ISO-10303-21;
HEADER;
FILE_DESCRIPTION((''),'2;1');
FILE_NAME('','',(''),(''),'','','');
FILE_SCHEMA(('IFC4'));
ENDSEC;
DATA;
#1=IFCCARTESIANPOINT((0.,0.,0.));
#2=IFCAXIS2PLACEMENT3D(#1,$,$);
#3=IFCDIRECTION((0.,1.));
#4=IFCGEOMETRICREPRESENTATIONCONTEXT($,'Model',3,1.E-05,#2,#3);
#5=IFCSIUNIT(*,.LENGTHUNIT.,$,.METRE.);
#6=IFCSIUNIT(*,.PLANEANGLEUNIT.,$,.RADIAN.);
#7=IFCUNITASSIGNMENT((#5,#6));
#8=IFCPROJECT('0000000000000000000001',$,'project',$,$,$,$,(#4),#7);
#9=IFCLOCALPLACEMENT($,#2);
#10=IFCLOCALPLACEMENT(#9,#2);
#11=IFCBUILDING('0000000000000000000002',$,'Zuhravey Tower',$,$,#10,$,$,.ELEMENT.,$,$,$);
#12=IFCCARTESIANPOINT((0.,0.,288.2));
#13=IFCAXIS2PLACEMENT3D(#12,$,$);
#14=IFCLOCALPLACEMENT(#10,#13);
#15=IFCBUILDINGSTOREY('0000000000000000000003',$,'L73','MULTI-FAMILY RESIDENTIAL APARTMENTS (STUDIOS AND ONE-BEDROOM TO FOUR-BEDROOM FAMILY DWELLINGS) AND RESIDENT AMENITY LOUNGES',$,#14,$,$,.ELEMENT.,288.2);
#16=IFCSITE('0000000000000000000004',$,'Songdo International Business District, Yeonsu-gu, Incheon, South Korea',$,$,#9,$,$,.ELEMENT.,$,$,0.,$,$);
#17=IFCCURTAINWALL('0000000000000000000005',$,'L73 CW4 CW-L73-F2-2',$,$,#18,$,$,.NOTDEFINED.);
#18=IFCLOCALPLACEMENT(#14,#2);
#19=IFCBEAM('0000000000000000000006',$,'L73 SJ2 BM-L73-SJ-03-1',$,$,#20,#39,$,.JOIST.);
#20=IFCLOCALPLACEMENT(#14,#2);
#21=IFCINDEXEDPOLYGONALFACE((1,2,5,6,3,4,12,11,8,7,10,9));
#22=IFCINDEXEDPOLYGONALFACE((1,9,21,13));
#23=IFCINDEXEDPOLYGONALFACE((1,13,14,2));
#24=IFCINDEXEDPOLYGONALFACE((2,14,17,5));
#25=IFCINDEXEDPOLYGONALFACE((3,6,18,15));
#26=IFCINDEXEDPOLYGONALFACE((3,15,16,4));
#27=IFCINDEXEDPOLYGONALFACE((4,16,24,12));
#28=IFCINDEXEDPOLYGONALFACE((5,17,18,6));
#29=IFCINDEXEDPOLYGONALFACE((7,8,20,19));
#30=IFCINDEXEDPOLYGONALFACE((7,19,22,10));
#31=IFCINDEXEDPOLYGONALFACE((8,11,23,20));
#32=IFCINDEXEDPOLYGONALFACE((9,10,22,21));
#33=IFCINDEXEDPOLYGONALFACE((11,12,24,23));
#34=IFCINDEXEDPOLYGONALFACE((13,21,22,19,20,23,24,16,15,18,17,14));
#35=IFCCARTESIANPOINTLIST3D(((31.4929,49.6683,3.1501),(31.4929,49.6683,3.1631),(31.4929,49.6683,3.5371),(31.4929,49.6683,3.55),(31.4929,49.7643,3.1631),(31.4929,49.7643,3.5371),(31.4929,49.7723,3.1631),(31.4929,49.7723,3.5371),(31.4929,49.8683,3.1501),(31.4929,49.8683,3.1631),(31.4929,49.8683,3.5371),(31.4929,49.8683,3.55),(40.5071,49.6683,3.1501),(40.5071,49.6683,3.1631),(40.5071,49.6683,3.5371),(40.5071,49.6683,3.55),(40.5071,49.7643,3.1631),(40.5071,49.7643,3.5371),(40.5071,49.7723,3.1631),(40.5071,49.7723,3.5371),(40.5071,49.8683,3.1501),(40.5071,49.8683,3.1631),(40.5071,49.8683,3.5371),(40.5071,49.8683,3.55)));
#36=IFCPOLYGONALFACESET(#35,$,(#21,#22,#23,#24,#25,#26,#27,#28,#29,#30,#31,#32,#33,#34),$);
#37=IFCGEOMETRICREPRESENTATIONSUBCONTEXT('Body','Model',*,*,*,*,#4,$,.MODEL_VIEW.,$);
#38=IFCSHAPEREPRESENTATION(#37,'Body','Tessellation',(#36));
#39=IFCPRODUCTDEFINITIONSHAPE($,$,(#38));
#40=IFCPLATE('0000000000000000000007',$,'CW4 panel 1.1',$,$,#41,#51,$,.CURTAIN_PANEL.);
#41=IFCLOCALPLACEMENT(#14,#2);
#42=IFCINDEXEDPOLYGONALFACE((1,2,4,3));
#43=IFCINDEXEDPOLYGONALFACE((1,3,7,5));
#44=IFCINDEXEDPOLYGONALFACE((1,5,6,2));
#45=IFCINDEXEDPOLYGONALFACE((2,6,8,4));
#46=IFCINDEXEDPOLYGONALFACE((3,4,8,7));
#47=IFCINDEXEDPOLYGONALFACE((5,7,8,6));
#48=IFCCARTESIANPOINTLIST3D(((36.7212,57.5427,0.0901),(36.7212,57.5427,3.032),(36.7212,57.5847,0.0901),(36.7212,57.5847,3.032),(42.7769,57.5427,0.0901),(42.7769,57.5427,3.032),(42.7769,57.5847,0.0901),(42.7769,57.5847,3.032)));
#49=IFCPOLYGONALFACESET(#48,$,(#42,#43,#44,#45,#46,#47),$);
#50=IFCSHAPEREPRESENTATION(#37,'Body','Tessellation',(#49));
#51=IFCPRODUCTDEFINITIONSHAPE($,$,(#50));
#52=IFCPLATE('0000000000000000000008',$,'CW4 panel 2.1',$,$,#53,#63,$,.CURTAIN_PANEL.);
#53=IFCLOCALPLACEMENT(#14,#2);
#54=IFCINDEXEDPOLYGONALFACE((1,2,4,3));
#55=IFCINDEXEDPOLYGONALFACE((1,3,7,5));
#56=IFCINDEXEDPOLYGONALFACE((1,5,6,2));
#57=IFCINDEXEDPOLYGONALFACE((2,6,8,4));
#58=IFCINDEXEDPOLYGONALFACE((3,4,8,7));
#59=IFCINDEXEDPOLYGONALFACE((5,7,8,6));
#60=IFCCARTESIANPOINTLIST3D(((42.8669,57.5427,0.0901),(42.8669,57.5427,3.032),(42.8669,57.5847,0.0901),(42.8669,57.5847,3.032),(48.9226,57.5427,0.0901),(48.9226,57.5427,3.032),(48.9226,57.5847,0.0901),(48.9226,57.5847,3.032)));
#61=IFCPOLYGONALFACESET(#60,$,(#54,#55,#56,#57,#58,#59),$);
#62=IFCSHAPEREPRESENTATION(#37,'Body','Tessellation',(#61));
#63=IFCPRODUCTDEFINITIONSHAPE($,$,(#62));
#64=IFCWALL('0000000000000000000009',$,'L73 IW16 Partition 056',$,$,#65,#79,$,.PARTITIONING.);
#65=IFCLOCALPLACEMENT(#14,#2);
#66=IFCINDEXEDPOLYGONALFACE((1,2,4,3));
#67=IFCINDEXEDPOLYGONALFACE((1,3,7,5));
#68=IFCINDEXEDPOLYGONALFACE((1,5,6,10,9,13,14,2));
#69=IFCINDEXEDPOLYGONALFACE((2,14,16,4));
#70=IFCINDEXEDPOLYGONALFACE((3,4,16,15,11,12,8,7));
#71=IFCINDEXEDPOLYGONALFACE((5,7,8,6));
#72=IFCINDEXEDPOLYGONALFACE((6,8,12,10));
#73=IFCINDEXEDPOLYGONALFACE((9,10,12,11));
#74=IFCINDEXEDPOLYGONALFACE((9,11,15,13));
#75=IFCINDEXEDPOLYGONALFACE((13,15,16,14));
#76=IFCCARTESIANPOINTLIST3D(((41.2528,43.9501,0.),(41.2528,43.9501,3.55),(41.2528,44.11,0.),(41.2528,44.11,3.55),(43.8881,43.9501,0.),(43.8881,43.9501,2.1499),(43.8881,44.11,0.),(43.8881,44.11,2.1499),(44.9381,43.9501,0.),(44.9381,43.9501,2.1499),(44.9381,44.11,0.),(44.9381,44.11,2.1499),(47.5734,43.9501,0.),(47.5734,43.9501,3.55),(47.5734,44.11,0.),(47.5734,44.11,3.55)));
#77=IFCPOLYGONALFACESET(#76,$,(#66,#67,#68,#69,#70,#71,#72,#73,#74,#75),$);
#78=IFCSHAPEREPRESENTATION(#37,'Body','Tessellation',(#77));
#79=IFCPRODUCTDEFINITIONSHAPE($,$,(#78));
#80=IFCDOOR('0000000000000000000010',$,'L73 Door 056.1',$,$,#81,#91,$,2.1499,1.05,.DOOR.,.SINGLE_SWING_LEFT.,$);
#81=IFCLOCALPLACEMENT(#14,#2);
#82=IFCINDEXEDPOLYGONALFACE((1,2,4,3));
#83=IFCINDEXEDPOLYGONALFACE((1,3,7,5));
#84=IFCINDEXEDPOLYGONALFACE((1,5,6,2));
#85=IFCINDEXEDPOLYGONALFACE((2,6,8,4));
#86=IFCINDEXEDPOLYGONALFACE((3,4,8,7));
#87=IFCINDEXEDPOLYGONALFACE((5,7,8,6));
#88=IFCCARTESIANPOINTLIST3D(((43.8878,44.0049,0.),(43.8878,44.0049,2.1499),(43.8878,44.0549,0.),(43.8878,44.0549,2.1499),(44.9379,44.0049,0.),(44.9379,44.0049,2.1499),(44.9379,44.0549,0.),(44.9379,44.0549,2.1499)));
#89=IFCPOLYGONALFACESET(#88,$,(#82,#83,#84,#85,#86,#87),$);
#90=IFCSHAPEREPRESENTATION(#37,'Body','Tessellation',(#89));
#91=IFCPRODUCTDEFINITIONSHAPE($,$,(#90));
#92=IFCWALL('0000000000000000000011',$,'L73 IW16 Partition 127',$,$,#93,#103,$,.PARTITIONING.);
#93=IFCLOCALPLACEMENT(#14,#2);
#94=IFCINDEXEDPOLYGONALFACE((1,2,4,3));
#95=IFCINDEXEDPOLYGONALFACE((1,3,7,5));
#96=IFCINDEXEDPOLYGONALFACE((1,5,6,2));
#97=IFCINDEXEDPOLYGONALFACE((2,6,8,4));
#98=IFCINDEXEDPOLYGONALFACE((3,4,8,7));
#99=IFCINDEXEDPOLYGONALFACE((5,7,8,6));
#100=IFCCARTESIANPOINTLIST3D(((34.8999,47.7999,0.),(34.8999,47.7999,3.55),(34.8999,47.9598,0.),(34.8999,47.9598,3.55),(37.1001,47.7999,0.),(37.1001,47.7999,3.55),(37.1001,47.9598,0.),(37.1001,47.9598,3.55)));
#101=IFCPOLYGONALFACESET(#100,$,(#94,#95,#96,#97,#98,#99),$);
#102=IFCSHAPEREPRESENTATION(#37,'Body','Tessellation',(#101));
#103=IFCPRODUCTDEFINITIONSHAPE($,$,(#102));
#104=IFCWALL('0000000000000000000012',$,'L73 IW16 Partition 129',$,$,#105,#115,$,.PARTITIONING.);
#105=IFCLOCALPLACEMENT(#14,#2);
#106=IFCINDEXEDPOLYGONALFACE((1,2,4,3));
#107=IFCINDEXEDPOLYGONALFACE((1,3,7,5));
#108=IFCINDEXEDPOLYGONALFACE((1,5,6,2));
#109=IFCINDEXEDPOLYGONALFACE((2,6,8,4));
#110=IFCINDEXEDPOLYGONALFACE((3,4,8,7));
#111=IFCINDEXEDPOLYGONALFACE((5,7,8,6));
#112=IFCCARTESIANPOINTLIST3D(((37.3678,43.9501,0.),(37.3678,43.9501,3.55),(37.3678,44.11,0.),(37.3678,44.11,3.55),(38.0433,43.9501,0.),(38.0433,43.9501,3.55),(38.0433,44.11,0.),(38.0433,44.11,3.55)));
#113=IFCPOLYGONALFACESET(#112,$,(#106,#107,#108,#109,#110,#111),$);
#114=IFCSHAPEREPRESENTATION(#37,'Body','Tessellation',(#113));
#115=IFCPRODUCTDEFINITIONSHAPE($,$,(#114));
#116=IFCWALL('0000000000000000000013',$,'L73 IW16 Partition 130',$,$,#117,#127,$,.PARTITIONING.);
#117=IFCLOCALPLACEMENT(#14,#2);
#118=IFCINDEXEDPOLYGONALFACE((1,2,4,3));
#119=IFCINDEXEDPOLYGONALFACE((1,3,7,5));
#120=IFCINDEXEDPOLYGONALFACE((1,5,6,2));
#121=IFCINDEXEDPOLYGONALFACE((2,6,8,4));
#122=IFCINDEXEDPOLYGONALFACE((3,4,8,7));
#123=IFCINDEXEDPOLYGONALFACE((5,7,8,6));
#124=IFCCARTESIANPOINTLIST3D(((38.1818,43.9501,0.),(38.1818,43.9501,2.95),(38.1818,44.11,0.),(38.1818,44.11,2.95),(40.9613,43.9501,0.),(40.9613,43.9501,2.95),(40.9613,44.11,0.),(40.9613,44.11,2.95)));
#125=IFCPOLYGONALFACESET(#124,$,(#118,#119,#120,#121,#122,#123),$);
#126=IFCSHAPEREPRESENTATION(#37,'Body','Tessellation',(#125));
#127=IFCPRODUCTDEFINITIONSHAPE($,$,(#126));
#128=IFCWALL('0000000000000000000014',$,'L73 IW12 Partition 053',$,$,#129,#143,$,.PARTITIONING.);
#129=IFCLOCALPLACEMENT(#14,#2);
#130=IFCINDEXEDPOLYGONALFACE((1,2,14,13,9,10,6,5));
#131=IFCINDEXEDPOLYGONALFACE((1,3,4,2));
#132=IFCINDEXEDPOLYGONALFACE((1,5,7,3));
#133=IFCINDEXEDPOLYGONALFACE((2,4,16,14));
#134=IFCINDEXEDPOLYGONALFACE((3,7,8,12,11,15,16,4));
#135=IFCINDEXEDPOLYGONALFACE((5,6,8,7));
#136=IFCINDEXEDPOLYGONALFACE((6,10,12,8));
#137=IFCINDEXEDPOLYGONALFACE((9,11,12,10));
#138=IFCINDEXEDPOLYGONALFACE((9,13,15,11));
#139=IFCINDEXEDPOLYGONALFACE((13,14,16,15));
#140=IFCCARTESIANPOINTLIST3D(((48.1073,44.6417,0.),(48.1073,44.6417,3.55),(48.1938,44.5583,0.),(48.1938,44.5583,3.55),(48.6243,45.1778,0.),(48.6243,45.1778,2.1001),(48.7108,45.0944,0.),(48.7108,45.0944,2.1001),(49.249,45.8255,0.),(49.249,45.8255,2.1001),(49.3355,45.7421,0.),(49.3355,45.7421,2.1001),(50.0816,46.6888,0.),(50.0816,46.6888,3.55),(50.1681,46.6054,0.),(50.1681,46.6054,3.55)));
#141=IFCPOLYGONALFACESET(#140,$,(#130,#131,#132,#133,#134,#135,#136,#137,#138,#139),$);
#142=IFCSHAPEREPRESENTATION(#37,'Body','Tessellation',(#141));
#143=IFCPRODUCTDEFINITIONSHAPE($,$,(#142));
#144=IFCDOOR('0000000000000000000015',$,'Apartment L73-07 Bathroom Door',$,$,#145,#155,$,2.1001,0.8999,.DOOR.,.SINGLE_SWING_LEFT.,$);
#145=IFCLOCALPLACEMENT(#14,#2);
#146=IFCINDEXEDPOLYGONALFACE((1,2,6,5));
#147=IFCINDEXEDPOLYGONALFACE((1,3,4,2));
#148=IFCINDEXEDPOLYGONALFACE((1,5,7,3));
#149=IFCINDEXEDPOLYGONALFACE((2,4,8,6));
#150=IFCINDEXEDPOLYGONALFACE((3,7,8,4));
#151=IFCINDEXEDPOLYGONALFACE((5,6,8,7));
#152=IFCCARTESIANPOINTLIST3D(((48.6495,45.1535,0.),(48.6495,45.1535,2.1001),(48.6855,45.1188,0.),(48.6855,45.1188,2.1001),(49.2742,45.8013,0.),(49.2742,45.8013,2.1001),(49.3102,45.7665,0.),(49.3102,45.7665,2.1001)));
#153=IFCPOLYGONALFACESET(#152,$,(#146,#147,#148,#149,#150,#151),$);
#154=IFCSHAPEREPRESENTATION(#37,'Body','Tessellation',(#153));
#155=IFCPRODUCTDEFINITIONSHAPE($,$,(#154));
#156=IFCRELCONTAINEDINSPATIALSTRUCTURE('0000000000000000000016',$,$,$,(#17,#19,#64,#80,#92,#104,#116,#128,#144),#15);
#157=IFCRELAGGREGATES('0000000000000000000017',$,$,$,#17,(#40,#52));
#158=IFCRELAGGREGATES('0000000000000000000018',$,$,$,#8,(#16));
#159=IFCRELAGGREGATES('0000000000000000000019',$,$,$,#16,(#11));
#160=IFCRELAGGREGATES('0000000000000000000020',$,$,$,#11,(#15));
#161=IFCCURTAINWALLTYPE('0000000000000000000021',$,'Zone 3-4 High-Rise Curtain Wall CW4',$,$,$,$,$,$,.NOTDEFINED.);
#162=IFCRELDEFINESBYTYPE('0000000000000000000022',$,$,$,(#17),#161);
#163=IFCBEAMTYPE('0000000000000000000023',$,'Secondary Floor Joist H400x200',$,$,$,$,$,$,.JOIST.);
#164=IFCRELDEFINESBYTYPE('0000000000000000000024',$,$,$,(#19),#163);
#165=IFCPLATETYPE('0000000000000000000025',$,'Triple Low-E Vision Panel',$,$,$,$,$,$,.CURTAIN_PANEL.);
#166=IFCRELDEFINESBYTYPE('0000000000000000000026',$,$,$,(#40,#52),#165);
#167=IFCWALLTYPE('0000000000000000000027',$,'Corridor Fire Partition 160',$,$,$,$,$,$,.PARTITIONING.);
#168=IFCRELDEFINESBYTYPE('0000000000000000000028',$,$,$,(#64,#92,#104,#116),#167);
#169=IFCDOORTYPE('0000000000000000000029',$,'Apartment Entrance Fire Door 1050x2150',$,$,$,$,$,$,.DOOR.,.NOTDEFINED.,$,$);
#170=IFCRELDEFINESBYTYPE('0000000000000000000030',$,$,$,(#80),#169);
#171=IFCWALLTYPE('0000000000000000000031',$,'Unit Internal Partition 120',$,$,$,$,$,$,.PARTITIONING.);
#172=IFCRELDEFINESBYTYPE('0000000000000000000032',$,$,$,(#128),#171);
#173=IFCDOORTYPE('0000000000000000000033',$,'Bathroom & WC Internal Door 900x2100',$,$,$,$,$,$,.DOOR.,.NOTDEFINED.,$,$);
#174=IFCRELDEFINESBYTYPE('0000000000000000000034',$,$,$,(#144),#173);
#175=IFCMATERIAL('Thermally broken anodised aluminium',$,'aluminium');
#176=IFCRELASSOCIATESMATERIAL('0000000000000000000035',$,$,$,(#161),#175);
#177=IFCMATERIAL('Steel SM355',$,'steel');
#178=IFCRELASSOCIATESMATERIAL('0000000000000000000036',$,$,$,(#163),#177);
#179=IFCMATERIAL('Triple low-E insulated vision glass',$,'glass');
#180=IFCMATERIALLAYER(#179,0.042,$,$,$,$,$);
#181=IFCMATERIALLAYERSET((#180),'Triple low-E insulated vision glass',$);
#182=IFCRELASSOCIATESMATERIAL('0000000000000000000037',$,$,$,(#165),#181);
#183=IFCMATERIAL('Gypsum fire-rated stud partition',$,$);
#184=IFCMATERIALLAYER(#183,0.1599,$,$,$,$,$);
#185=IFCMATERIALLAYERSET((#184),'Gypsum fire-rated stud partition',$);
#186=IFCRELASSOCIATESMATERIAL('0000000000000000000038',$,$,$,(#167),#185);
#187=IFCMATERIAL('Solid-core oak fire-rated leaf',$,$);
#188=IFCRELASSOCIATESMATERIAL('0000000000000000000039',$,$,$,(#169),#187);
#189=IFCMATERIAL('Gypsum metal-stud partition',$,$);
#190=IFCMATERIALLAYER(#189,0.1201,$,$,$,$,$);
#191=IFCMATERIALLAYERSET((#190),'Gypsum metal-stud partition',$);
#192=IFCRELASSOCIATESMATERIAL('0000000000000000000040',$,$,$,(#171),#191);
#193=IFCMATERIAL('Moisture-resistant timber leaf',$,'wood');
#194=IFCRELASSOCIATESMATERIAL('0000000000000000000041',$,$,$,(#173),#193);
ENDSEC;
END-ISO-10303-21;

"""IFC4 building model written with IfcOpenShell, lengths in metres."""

from ifc_helpers import new_model, si_unit, direction, frame, frame_2d, origin, origin_2d, place, context, subcontext, project, spatial, rectangle, i_section, extrude, material, layer, layer_set, material_profile, profile_set, type_object, element, fill, aggregate, save


model = new_model("IFC4")

# Units and contexts
model_context = context("Model", 3, precision=1e-05, world=origin(), true_north=direction((0.0, 1.0)))
body_context = subcontext(model_context, "Body", "Model", "MODEL_VIEW")
ifc_project = project(units=[si_unit("LENGTHUNIT", "METRE"), si_unit("PLANEANGLEUNIT", "RADIAN")], contexts=[model_context])

# Site, building, storey
site_placement = place(None, origin())
site = spatial("IfcSite", under=ifc_project, at=site_placement, Name="Songdo International Business District, Yeonsu-gu, Incheon, South Korea", CompositionType="ELEMENT", RefElevation=0.0)
building_placement = place(site_placement, origin())
building = spatial("IfcBuilding", under=site, at=building_placement, Name="Zuhravey Tower", CompositionType="ELEMENT")
storey_placement = place(building_placement, frame((0.0, 0.0, 288.2)))
storey = spatial("IfcBuildingStorey", under=building, at=storey_placement, Name="L73", Description="MULTI-FAMILY RESIDENTIAL APARTMENTS (STUDIOS AND ONE-BEDROOM TO FOUR-BEDROOM FAMILY DWELLINGS) AND RESIDENT AMENITY LOUNGES", CompositionType="ELEMENT", Elevation=288.2)

# Curtain wall
ifc_material_1 = material(Name="Thermally broken anodised aluminium", Category="aluminium")
curtain_wall_type = type_object("IfcCurtainWallType", Name="Zone 3-4 High-Rise Curtain Wall CW4", PredefinedType="NOTDEFINED", material=ifc_material_1)
curtain_wall_placement = place(storey_placement, origin())
curtain_wall = element("IfcCurtainWall", 1, at=curtain_wall_placement, inside=storey, type_object=curtain_wall_type, Name="L73 CW4 CW-L73-F2-2", PredefinedType="NOTDEFINED")

# Beam
ifc_material_2 = material(Name="Steel SM355", Category="steel")
ifc_material_profile_1 = material_profile(ifc_material_2, i_section(OverallWidth=0.2, OverallDepth=0.3999, WebThickness=0.0081, FlangeThickness=0.0129, at=origin_2d()), Name="H-400x200x8x13")
ifc_profile_set_1 = profile_set([ifc_material_profile_1], Name="Steel SM355")
beam_type_1 = type_object("IfcBeamType", Name="Secondary Floor Joist H400x200", PredefinedType="JOIST", material=ifc_profile_set_1)
beam_1_placement = place(storey_placement, frame((40.5071, 49.7683, 3.3501), z_axis=(-1.0, 0.0, 0.0), x_axis=(0.0, -1.0, 0.0)))
element("IfcBeam", 2, at=beam_1_placement, inside=storey, type_object=beam_type_1, Name="L73 SJ2 BM-L73-SJ-03-1", PredefinedType="JOIST", context=body_context, shape_type="SweptSolid", body=[
    extrude(i_section(OverallWidth=0.2, OverallDepth=0.3999, WebThickness=0.0081, FlangeThickness=0.0129, at=origin_2d()), origin(), (0.0, 0.0, 1.0), 9.0142),
])

# Plates
ifc_material_3 = material(Name="Triple low-E insulated vision glass", Category="glass")
ifc_layer_1 = layer(ifc_material_3, 0.042)
ifc_layer_set_1 = layer_set([ifc_layer_1], Name="Triple low-E insulated vision glass")
plate_type = type_object("IfcPlateType", Name="Triple Low-E Vision Panel", PredefinedType="CURTAIN_PANEL", material=ifc_layer_set_1)
plate_1_placement = place(storey_placement, frame((39.749, 57.5637, 0.0901), z_axis=(0.0, 0.0, 1.0), x_axis=(1.0, 0.0, 0.0)))
plate_1 = element("IfcPlate", 3, at=plate_1_placement, type_object=plate_type, Name="CW4 panel 1.1", PredefinedType="CURTAIN_PANEL", context=body_context, shape_type="SweptSolid", body=[
    extrude(rectangle(XDim=6.0557, YDim=0.042, at=origin_2d()), origin(), (0.0, 0.0, 1.0), 2.9419),
])
plate_2_placement = place(storey_placement, frame((45.8948, 57.5637, 0.0901), z_axis=(0.0, 0.0, 1.0), x_axis=(1.0, 0.0, 0.0)))
plate_2 = element("IfcPlate", 4, at=plate_2_placement, type_object=plate_type, Name="CW4 panel 2.1", PredefinedType="CURTAIN_PANEL", context=body_context, shape_type="SweptSolid", body=[
    extrude(rectangle(XDim=6.0557, YDim=0.042, at=origin_2d()), origin(), (0.0, 0.0, 1.0), 2.9419),
])
aggregate(curtain_wall, [plate_1, plate_2])

# Wall, opening, door
ifc_material_4 = material(Name="Gypsum fire-rated stud partition")
ifc_layer_2 = layer(ifc_material_4, 0.1599)
ifc_layer_set_2 = layer_set([ifc_layer_2], Name="Gypsum fire-rated stud partition")
wall_type_1 = type_object("IfcWallType", Name="Corridor Fire Partition 160", PredefinedType="PARTITIONING", material=ifc_layer_set_2)
wall_1_placement = place(storey_placement, frame((47.5732, 44.03, 0.0), z_axis=(0.0, 0.0, 1.0), x_axis=(-1.0, 0.0, 0.0)))
wall_1 = element("IfcWall", 5, at=wall_1_placement, inside=storey, type_object=wall_type_1, Name="L73 IW16 Partition 056", PredefinedType="PARTITIONING", context=body_context, shape_type="SweptSolid", body=[
    extrude(rectangle(XDim=6.3206, YDim=0.1599, at=frame_2d((3.1602, 0.0))), origin(), (0.0, 0.0, 1.0), 3.55),
])
opening_1_placement = place(wall_1_placement, frame((2.6353, 0.0, 0.0)))
opening_1 = element("IfcOpeningElement", 6, at=opening_1_placement, cuts=wall_1, PredefinedType="OPENING", context=body_context, shape_type="SweptSolid", body=[
    extrude(rectangle(XDim=1.05, YDim=2.1499, at=frame_2d((0.5249, 1.075))), frame((0.0, 0.092, 0.0), z_axis=(0.0, -1.0, 0.0), x_axis=(1.0, 0.0, 0.0)), (0.0, 0.0, 1.0), 0.1838),
])
ifc_material_5 = material(Name="Solid-core oak fire-rated leaf")
door_type_1 = type_object("IfcDoorType", Name="Apartment Entrance Fire Door 1050x2150", OperationType="NOTDEFINED", PredefinedType="DOOR", material=ifc_material_5)
door_1_placement = place(opening_1_placement, frame((1.05, 0.0, 0.0), z_axis=(0.0, 0.0, 1.0), x_axis=(-1.0, 0.0, 0.0)))
door_1 = element("IfcDoor", 7, at=door_1_placement, inside=storey, type_object=door_type_1, Name="L73 Door 056.1", OperationType="SINGLE_SWING_LEFT", OverallHeight=2.1499, OverallWidth=1.05, PredefinedType="DOOR", context=body_context, shape_type="SweptSolid", body=[
    extrude(rectangle(XDim=1.05, YDim=2.1499, at=frame_2d((0.5249, 1.075))), frame((0.0, 0.0249, 0.0), z_axis=(0.0, -1.0, 0.0), x_axis=(1.0, 0.0, 0.0)), (0.0, 0.0, 1.0), 0.05),
])
fill(opening_1, door_1)

# Walls
wall_2_placement = place(storey_placement, frame((37.1001, 47.8799, 0.0), z_axis=(0.0, 0.0, 1.0), x_axis=(-1.0, 0.0, 0.0)))
element("IfcWall", 8, at=wall_2_placement, inside=storey, type_object=wall_type_1, Name="L73 IW16 Partition 127", PredefinedType="PARTITIONING", context=body_context, shape_type="SweptSolid", body=[
    extrude(rectangle(XDim=2.2002, YDim=0.1599, at=frame_2d((1.1001, 0.0))), origin(), (0.0, 0.0, 1.0), 3.55),
])
wall_3_placement = place(storey_placement, frame((38.0435, 44.03, 0.0), z_axis=(0.0, 0.0, 1.0), x_axis=(-1.0, 0.0, 0.0)))
element("IfcWall", 9, at=wall_3_placement, inside=storey, type_object=wall_type_1, Name="L73 IW16 Partition 129", PredefinedType="PARTITIONING", context=body_context, shape_type="SweptSolid", body=[
    extrude(rectangle(XDim=0.6755, YDim=0.1599, at=frame_2d((0.3379, 0.0))), origin(), (0.0, 0.0, 1.0), 3.55),
])
wall_4_placement = place(storey_placement, frame((40.9612, 44.03, 0.0), z_axis=(0.0, 0.0, 1.0), x_axis=(-1.0, 0.0, 0.0)))
element("IfcWall", 10, at=wall_4_placement, inside=storey, type_object=wall_type_1, Name="L73 IW16 Partition 130", PredefinedType="PARTITIONING", context=body_context, shape_type="SweptSolid", body=[
    extrude(rectangle(XDim=2.7795, YDim=0.1599, at=frame_2d((1.3896, 0.0))), origin(), (0.0, 0.0, 1.0), 2.95),
])

# Wall, opening, door
ifc_material_6 = material(Name="Gypsum metal-stud partition")
ifc_layer_3 = layer(ifc_material_6, 0.1201)
ifc_layer_set_3 = layer_set([ifc_layer_3], Name="Gypsum metal-stud partition")
wall_type_2 = type_object("IfcWallType", Name="Unit Internal Partition 120", PredefinedType="PARTITIONING", material=ifc_layer_set_3)
wall_5_placement = place(storey_placement, frame((48.1506, 44.6001, 0.0), z_axis=(0.0, 0.0, 1.0), x_axis=(0.694201, 0.719781, 0.0)))
wall_5 = element("IfcWall", 11, at=wall_5_placement, inside=storey, type_object=wall_type_2, Name="L73 IW12 Partition 053", PredefinedType="PARTITIONING", context=body_context, shape_type="SweptSolid", body=[
    extrude(rectangle(XDim=2.844, YDim=0.1201, at=frame_2d((1.4219, 0.0))), origin(), (0.0, 0.0, 1.0), 3.55),
])
opening_2_placement = place(wall_5_placement, frame((0.7446, 0.0, 0.0)))
opening_2 = element("IfcOpeningElement", 12, at=opening_2_placement, cuts=wall_5, PredefinedType="OPENING", context=body_context, shape_type="SweptSolid", body=[
    extrude(rectangle(XDim=0.8999, YDim=2.1001, at=frame_2d((0.45, 1.05))), frame((0.0, 0.072, 0.0), z_axis=(0.0, -1.0, 0.0), x_axis=(1.0, 0.0, 0.0)), (0.0, 0.0, 1.0), 0.144),
])
ifc_material_7 = material(Name="Moisture-resistant timber leaf", Category="wood")
door_type_2 = type_object("IfcDoorType", Name="Bathroom & WC Internal Door 900x2100", OperationType="NOTDEFINED", PredefinedType="DOOR", material=ifc_material_7)
door_2_placement = place(opening_2_placement, frame((0.8999, 0.0, 0.0), z_axis=(0.0, 0.0, 1.0), x_axis=(-1.0, 0.0, 0.0)))
door_2 = element("IfcDoor", 13, at=door_2_placement, inside=storey, type_object=door_type_2, Name="Apartment L73-07 Bathroom Door", OperationType="SINGLE_SWING_LEFT", OverallHeight=2.1001, OverallWidth=0.8999, PredefinedType="DOOR", context=body_context, shape_type="SweptSolid", body=[
    extrude(rectangle(XDim=0.8999, YDim=2.1001, at=frame_2d((0.45, 1.05))), frame((0.0, 0.0249, 0.0), z_axis=(0.0, -1.0, 0.0), x_axis=(1.0, 0.0, 0.0)), (0.0, 0.0, 1.0), 0.05),
])
fill(opening_2, door_2)

save(model, "model.ifc")
